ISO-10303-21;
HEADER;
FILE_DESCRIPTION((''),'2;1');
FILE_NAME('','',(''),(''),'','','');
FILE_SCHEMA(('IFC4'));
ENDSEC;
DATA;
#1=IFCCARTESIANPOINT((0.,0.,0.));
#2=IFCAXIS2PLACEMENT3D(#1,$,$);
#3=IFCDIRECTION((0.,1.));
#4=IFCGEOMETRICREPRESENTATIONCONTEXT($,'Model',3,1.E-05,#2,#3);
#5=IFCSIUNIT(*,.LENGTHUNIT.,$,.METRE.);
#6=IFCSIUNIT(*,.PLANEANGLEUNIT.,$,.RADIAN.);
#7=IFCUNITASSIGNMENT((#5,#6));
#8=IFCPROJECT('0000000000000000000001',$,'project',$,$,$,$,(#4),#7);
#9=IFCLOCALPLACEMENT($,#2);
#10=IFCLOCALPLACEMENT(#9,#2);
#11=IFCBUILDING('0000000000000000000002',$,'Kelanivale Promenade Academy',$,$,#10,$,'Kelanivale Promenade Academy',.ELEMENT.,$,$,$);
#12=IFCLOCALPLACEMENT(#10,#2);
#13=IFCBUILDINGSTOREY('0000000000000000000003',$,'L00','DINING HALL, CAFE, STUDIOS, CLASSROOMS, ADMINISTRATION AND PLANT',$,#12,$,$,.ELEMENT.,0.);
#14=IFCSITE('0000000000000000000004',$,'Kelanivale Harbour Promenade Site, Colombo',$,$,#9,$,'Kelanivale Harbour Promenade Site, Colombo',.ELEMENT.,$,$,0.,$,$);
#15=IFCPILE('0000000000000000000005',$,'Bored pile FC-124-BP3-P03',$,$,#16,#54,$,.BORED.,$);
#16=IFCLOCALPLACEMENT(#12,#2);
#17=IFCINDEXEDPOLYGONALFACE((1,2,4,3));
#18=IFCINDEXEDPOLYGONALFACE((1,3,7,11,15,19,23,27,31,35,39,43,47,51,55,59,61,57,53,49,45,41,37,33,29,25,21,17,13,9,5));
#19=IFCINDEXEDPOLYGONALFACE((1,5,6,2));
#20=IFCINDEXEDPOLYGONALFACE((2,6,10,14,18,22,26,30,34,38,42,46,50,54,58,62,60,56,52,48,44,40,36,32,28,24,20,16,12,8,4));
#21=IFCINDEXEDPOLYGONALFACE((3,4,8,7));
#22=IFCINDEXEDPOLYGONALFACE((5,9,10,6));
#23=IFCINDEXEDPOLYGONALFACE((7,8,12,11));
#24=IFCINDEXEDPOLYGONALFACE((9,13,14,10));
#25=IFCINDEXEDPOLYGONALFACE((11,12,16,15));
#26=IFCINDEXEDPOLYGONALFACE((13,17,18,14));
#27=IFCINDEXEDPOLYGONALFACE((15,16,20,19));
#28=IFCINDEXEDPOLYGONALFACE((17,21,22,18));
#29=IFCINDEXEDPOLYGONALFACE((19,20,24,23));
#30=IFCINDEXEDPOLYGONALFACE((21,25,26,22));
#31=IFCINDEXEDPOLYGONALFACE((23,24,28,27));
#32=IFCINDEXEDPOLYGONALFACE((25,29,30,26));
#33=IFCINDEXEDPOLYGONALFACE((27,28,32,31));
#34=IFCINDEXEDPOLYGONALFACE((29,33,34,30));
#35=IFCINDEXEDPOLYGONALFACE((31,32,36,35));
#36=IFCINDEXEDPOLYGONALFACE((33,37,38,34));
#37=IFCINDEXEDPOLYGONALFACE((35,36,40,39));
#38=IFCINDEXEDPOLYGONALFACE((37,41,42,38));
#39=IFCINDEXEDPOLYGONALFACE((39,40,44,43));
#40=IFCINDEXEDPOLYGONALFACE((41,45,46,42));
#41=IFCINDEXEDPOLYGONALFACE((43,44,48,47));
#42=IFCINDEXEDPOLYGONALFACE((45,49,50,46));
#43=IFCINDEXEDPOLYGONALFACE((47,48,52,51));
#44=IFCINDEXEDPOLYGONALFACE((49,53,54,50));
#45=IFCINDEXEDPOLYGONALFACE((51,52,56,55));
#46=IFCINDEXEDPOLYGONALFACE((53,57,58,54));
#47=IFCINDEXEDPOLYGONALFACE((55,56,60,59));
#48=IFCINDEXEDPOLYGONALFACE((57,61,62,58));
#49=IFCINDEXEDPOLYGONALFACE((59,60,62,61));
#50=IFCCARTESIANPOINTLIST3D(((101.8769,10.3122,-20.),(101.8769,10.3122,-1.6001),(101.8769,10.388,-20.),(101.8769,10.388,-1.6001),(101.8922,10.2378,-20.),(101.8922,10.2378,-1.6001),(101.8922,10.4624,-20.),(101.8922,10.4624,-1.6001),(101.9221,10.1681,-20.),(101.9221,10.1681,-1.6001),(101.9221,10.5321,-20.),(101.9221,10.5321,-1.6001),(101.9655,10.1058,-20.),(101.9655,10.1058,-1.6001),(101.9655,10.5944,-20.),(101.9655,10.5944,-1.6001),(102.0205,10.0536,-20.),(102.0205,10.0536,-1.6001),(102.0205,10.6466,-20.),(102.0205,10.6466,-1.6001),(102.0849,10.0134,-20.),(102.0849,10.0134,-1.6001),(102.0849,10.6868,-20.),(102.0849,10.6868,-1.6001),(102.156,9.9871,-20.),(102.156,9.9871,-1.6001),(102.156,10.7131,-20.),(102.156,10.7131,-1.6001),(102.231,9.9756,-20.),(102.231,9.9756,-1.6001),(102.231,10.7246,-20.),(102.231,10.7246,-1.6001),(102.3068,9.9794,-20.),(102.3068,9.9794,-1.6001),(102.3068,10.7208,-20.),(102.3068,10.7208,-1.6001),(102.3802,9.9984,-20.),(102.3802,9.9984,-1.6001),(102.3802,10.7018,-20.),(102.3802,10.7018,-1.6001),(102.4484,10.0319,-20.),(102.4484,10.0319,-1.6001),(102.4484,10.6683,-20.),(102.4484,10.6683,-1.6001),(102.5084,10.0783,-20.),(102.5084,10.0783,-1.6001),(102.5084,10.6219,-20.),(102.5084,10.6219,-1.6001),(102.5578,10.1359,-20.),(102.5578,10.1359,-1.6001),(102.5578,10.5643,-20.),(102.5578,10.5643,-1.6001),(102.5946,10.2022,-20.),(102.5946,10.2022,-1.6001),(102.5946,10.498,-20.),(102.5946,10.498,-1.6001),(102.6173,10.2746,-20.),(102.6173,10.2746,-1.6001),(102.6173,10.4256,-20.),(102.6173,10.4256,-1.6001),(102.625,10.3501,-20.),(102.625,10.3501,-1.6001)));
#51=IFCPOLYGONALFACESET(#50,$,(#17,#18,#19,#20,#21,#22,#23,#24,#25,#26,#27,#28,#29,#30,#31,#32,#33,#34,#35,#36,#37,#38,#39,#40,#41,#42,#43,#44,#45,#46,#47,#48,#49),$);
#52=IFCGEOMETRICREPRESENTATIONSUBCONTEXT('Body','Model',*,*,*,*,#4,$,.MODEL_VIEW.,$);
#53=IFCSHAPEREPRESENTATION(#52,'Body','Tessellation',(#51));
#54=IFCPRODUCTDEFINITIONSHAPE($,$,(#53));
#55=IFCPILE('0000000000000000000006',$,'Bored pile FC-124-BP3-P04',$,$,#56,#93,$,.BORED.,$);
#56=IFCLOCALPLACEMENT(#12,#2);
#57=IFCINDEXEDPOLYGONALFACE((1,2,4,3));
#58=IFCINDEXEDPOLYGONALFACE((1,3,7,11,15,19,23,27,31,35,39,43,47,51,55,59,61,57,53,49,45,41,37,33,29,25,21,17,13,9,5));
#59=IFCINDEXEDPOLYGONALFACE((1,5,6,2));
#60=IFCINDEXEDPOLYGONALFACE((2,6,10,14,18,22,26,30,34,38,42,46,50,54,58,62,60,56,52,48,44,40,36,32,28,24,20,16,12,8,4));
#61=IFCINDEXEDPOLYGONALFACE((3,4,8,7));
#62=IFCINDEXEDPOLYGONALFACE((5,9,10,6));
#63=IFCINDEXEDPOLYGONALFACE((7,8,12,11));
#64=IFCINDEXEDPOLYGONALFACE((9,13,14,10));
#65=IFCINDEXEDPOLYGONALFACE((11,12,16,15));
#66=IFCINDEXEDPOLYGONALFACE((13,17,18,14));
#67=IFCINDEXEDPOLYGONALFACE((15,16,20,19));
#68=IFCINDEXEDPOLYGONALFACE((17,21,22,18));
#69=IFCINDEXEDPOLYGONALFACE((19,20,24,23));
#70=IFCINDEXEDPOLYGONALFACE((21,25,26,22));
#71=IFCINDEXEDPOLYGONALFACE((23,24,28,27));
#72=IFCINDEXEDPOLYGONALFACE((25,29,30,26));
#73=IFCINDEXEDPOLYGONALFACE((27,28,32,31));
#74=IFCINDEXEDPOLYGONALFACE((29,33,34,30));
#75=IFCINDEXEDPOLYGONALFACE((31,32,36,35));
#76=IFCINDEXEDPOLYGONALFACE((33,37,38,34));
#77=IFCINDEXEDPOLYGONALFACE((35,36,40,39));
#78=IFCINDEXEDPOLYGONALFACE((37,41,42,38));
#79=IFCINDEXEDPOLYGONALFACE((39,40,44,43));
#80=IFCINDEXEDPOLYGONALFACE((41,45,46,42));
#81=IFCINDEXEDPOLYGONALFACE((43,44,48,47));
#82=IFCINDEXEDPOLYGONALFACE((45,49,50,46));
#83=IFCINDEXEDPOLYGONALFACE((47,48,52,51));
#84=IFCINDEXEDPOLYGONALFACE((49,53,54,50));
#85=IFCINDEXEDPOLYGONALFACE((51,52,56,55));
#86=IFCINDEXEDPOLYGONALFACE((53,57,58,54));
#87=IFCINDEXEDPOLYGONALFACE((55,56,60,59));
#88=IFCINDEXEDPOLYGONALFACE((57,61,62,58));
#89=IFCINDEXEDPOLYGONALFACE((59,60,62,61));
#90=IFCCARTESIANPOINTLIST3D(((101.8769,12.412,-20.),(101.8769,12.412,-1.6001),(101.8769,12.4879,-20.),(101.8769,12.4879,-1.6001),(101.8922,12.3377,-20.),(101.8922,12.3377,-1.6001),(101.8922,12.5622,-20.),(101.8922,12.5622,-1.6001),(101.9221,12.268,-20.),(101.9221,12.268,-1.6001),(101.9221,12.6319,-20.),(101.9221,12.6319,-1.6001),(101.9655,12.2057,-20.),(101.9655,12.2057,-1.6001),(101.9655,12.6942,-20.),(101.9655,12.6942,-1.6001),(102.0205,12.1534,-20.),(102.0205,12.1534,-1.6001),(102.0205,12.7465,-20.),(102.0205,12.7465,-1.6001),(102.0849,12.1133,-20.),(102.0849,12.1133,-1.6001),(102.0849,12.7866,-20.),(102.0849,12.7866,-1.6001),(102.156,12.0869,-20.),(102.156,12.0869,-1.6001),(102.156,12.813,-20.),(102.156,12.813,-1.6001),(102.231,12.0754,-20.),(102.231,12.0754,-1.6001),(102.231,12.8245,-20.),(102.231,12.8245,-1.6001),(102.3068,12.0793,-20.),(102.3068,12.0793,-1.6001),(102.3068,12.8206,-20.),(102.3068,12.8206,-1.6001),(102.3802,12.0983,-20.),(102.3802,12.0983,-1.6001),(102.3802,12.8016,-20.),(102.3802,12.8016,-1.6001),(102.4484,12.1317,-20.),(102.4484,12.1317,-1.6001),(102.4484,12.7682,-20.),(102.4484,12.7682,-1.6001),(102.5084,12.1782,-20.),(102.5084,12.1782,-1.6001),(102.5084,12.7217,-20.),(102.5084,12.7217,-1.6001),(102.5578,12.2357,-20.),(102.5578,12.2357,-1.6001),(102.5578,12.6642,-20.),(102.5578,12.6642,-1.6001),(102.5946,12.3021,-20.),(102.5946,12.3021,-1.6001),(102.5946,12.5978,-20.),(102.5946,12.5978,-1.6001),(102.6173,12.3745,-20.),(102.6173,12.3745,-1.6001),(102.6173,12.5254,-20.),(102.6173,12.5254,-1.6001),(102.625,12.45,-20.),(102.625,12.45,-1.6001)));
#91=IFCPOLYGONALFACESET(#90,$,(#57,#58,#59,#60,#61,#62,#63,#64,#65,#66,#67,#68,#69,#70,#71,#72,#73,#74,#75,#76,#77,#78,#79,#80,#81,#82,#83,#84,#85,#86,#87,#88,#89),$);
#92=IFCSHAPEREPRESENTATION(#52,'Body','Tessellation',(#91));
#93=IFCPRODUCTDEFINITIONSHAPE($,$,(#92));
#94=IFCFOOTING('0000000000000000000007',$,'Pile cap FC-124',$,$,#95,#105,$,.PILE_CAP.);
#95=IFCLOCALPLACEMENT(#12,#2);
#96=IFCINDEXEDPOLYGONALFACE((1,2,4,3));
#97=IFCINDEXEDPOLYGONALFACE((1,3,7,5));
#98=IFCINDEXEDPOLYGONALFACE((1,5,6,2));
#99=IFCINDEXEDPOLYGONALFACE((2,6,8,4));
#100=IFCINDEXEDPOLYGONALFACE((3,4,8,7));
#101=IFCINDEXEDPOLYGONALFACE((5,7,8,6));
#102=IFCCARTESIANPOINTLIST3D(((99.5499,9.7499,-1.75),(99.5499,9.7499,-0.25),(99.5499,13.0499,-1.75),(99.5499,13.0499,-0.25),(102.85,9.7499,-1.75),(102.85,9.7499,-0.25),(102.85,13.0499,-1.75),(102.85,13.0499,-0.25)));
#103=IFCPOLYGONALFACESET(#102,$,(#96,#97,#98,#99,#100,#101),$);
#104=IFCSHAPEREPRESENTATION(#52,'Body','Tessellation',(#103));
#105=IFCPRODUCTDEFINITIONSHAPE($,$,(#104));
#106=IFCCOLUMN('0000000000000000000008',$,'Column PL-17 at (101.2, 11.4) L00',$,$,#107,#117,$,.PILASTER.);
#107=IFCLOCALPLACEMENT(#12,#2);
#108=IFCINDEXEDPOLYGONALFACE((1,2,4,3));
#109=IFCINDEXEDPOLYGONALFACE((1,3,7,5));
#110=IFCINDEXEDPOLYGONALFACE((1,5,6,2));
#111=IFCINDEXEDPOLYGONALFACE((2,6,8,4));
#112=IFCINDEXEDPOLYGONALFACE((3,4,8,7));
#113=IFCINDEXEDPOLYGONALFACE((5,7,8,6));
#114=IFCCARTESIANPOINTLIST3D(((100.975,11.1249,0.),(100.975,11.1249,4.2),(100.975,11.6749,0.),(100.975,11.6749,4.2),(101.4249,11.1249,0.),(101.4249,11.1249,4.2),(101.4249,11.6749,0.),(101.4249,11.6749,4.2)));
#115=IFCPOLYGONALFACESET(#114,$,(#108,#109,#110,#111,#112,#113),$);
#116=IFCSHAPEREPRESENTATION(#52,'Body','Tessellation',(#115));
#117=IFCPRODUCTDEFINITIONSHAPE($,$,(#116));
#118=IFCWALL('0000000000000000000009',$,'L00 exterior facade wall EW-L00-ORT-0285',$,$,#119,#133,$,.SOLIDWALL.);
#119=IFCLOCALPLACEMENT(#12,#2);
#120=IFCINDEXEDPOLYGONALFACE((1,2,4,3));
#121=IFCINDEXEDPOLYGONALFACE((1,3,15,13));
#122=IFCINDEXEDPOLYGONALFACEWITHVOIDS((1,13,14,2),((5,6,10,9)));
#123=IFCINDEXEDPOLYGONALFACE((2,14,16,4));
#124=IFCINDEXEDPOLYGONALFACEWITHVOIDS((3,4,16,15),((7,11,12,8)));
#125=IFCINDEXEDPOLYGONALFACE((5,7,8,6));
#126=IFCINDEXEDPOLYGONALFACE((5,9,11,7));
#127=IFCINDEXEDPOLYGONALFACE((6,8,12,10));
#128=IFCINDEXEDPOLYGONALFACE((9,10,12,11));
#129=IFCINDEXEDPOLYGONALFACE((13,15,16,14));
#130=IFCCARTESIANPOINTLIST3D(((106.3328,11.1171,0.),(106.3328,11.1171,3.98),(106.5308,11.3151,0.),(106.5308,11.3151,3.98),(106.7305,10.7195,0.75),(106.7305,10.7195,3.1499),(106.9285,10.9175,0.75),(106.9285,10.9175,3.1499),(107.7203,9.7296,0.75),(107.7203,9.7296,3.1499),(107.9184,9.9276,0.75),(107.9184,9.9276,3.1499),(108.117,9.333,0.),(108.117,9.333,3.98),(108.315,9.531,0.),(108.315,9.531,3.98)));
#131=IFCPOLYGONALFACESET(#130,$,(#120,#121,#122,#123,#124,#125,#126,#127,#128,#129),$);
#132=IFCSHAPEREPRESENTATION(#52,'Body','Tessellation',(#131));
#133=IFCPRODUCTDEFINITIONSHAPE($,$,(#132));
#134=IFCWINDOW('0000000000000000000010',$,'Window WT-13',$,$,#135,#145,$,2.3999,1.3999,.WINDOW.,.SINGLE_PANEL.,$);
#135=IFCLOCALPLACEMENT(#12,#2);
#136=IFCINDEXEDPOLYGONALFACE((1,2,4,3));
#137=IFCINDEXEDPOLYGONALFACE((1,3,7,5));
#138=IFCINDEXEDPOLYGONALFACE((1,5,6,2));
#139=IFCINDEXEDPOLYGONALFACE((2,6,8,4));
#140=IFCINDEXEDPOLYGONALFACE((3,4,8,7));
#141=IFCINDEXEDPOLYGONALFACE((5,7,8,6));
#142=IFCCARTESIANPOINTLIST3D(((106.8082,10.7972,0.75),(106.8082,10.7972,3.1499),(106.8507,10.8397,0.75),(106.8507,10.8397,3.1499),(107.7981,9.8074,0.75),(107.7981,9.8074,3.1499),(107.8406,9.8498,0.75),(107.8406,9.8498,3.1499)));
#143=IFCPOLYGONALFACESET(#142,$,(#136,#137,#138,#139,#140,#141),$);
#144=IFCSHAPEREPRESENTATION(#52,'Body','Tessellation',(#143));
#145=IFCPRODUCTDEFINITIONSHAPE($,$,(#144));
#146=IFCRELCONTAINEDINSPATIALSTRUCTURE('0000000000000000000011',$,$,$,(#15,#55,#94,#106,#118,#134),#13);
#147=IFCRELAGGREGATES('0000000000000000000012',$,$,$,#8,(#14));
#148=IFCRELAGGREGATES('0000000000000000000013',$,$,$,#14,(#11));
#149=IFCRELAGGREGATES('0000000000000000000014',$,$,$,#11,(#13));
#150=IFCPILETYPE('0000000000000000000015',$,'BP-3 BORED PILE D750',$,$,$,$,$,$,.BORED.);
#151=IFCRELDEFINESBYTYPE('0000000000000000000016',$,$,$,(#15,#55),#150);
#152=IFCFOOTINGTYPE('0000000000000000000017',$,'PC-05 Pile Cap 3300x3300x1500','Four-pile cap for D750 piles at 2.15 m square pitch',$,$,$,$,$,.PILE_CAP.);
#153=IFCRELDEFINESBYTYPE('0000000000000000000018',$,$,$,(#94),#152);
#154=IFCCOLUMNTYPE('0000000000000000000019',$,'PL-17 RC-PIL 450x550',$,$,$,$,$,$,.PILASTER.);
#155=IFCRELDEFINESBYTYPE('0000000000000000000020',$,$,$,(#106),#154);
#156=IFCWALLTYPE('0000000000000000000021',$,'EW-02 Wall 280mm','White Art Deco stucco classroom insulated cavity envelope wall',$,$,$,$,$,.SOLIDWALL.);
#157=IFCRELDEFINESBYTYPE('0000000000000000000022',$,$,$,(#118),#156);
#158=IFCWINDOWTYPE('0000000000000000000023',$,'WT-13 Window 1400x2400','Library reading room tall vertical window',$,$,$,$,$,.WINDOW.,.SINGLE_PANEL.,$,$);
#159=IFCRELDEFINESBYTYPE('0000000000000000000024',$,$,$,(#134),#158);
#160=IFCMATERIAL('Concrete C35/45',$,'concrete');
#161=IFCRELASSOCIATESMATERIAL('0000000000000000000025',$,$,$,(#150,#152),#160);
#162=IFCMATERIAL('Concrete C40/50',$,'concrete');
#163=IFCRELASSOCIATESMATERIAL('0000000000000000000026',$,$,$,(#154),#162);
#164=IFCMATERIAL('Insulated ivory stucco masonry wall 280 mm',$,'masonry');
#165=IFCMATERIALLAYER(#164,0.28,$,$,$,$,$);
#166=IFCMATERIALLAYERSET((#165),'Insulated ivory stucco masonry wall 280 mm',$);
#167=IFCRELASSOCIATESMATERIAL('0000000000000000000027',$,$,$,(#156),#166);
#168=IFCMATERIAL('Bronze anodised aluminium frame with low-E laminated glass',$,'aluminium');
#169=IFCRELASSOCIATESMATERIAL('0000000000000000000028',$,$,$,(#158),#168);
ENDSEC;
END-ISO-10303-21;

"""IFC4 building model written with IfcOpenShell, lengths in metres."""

from ifc_helpers import new_model, si_unit, direction, frame, frame_2d, origin, origin_2d, place, context, subcontext, project, spatial, rectangle, circle, extrude, material, layer, layer_set, material_profile, profile_set, type_object, element, fill, save


model = new_model("IFC4")

# Units and contexts
model_context = context("Model", 3, precision=1e-05, world=origin(), true_north=direction((0.0, 1.0)))
body_context = subcontext(model_context, "Body", "Model", "MODEL_VIEW")
ifc_project = project(units=[si_unit("LENGTHUNIT", "METRE"), si_unit("PLANEANGLEUNIT", "RADIAN")], contexts=[model_context])

# Site, building, storey
site_placement = place(None, origin())
site = spatial("IfcSite", under=ifc_project, at=site_placement, Name="Kelanivale Harbour Promenade Site, Colombo", LongName="Kelanivale Harbour Promenade Site, Colombo", CompositionType="ELEMENT", RefElevation=0.0)
building_placement = place(site_placement, origin())
building = spatial("IfcBuilding", under=site, at=building_placement, Name="Kelanivale Promenade Academy", LongName="Kelanivale Promenade Academy", CompositionType="ELEMENT")
storey_placement = place(building_placement, origin())
storey = spatial("IfcBuildingStorey", under=building, at=storey_placement, Name="L00", Description="DINING HALL, CAFE, STUDIOS, CLASSROOMS, ADMINISTRATION AND PLANT", CompositionType="ELEMENT", Elevation=0.0)

# Piles
ifc_material_1 = material(Name="Concrete C35/45", Category="concrete")
ifc_material_profile_1 = material_profile(ifc_material_1, circle(Radius=0.375, at=origin_2d()), Name="BORED PILE D750")
ifc_profile_set_1 = profile_set([ifc_material_profile_1], Name="Concrete C35/45")
pile_type = type_object("IfcPileType", Name="BP-3 BORED PILE D750", PredefinedType="BORED", material=ifc_profile_set_1)
for number, where, z_axis, x_axis, name in (
    (1, (102.25, 10.3501, -1.6001), (0.0, 0.0, -1.0), (1.0, 0.0, 0.0), "Bored pile FC-124-BP3-P03"),
    (2, (102.25, 12.45, -1.6001), (0.0, 0.0, -1.0), (1.0, 0.0, 0.0), "Bored pile FC-124-BP3-P04"),
):
    element("IfcPile", number, at=place(storey_placement, frame(where, z_axis=z_axis, x_axis=x_axis)), inside=storey, type_object=pile_type, Name=name, PredefinedType="BORED", context=body_context, shape_type="SweptSolid", body=[
        extrude(circle(Radius=0.375, at=origin_2d()), origin(), (0.0, 0.0, 1.0), 18.3999),
    ])

# Footing
footing_type = type_object("IfcFootingType", Name="PC-05 Pile Cap 3300x3300x1500", Description="Four-pile cap for D750 piles at 2.15 m square pitch", PredefinedType="PILE_CAP", material=ifc_material_1)
footing_placement = place(storey_placement, frame((101.2, 11.3999, -1.75), z_axis=(0.0, 0.0, 1.0), x_axis=(1.0, 0.0, 0.0)))
element("IfcFooting", 3, at=footing_placement, inside=storey, type_object=footing_type, Name="Pile cap FC-124", PredefinedType="PILE_CAP", context=body_context, shape_type="SweptSolid", body=[
    extrude(rectangle(XDim=3.3, YDim=3.3, at=origin_2d()), origin(), (0.0, 0.0, 1.0), 1.5),
])

# Column
ifc_material_2 = material(Name="Concrete C40/50", Category="concrete")
ifc_material_profile_2 = material_profile(ifc_material_2, rectangle(XDim=0.45, YDim=0.55, at=origin_2d()), Name="RC-PIL 450x550")
ifc_profile_set_2 = profile_set([ifc_material_profile_2], Name="Concrete C40/50")
column_type = type_object("IfcColumnType", Name="PL-17 RC-PIL 450x550", PredefinedType="PILASTER", material=ifc_profile_set_2)
column_placement = place(storey_placement, frame((101.2, 11.3999, 0.0), z_axis=(0.0, 0.0, 1.0), x_axis=(1.0, 0.0, 0.0)))
element("IfcColumn", 4, at=column_placement, inside=storey, type_object=column_type, Name="Column PL-17 at (101.2, 11.4) L00", PredefinedType="PILASTER", context=body_context, shape_type="SweptSolid", body=[
    extrude(rectangle(XDim=0.45, YDim=0.55, at=origin_2d()), origin(), (0.0, 0.0, 1.0), 4.2),
])

# Wall, opening, window
ifc_material_3 = material(Name="Insulated ivory stucco masonry wall 280 mm", Category="masonry")
ifc_layer_1 = layer(ifc_material_3, 0.28)
ifc_layer_set_1 = layer_set([ifc_layer_1], Name="Insulated ivory stucco masonry wall 280 mm")
wall_type_1 = type_object("IfcWallType", Name="EW-02 Wall 280mm", Description="White Art Deco stucco classroom insulated cavity envelope wall", PredefinedType="SOLIDWALL", material=ifc_layer_set_1)
wall_1_placement = place(storey_placement, frame((108.2161, 9.4319, 0.0), z_axis=(0.0, 0.0, 1.0), x_axis=(-0.707107, 0.707107, 0.0)))
wall_1 = element("IfcWall", 5, at=wall_1_placement, inside=storey, type_object=wall_type_1, Name="L00 exterior facade wall EW-L00-ORT-0285", PredefinedType="SOLIDWALL", context=body_context, shape_type="SweptSolid", body=[
    extrude(rectangle(XDim=2.5232, YDim=0.28, at=frame_2d((1.2617, 0.0))), origin(), (0.0, 0.0, 1.0), 3.98),
])
opening_1_placement = place(wall_1_placement, frame((0.561, 0.0, 0.75)))
opening_1 = element("IfcOpeningElement", 6, at=opening_1_placement, cuts=wall_1, PredefinedType="OPENING", context=body_context, shape_type="SweptSolid", body=[
    extrude(rectangle(XDim=1.3999, YDim=2.3999, at=frame_2d((0.7, 1.2))), frame((0.0, 0.1499, 0.0), z_axis=(0.0, -1.0, 0.0), x_axis=(1.0, 0.0, 0.0)), (0.0, 0.0, 1.0), 0.3),
])
ifc_material_4 = material(Name="Bronze anodised aluminium frame with low-E laminated glass", Category="aluminium")
window_type_1 = type_object("IfcWindowType", Name="WT-13 Window 1400x2400", Description="Library reading room tall vertical window", PartitioningType="SINGLE_PANEL", PredefinedType="WINDOW", material=ifc_material_4)
window_1_placement = place(opening_1_placement, origin())
window_1 = element("IfcWindow", 7, at=window_1_placement, inside=storey, type_object=window_type_1, Name="Window WT-13", OverallHeight=2.3999, OverallWidth=1.3999, PartitioningType="SINGLE_PANEL", PredefinedType="WINDOW", context=body_context, shape_type="SweptSolid", body=[
    extrude(rectangle(XDim=1.3999, YDim=2.3999, at=frame_2d((0.7, 1.2))), frame((0.0, 0.03, 0.0), z_axis=(0.0, -1.0, 0.0), x_axis=(1.0, 0.0, 0.0)), (0.0, 0.0, 1.0), 0.0601),
])
fill(opening_1, window_1)

save(model, "model.ifc")
